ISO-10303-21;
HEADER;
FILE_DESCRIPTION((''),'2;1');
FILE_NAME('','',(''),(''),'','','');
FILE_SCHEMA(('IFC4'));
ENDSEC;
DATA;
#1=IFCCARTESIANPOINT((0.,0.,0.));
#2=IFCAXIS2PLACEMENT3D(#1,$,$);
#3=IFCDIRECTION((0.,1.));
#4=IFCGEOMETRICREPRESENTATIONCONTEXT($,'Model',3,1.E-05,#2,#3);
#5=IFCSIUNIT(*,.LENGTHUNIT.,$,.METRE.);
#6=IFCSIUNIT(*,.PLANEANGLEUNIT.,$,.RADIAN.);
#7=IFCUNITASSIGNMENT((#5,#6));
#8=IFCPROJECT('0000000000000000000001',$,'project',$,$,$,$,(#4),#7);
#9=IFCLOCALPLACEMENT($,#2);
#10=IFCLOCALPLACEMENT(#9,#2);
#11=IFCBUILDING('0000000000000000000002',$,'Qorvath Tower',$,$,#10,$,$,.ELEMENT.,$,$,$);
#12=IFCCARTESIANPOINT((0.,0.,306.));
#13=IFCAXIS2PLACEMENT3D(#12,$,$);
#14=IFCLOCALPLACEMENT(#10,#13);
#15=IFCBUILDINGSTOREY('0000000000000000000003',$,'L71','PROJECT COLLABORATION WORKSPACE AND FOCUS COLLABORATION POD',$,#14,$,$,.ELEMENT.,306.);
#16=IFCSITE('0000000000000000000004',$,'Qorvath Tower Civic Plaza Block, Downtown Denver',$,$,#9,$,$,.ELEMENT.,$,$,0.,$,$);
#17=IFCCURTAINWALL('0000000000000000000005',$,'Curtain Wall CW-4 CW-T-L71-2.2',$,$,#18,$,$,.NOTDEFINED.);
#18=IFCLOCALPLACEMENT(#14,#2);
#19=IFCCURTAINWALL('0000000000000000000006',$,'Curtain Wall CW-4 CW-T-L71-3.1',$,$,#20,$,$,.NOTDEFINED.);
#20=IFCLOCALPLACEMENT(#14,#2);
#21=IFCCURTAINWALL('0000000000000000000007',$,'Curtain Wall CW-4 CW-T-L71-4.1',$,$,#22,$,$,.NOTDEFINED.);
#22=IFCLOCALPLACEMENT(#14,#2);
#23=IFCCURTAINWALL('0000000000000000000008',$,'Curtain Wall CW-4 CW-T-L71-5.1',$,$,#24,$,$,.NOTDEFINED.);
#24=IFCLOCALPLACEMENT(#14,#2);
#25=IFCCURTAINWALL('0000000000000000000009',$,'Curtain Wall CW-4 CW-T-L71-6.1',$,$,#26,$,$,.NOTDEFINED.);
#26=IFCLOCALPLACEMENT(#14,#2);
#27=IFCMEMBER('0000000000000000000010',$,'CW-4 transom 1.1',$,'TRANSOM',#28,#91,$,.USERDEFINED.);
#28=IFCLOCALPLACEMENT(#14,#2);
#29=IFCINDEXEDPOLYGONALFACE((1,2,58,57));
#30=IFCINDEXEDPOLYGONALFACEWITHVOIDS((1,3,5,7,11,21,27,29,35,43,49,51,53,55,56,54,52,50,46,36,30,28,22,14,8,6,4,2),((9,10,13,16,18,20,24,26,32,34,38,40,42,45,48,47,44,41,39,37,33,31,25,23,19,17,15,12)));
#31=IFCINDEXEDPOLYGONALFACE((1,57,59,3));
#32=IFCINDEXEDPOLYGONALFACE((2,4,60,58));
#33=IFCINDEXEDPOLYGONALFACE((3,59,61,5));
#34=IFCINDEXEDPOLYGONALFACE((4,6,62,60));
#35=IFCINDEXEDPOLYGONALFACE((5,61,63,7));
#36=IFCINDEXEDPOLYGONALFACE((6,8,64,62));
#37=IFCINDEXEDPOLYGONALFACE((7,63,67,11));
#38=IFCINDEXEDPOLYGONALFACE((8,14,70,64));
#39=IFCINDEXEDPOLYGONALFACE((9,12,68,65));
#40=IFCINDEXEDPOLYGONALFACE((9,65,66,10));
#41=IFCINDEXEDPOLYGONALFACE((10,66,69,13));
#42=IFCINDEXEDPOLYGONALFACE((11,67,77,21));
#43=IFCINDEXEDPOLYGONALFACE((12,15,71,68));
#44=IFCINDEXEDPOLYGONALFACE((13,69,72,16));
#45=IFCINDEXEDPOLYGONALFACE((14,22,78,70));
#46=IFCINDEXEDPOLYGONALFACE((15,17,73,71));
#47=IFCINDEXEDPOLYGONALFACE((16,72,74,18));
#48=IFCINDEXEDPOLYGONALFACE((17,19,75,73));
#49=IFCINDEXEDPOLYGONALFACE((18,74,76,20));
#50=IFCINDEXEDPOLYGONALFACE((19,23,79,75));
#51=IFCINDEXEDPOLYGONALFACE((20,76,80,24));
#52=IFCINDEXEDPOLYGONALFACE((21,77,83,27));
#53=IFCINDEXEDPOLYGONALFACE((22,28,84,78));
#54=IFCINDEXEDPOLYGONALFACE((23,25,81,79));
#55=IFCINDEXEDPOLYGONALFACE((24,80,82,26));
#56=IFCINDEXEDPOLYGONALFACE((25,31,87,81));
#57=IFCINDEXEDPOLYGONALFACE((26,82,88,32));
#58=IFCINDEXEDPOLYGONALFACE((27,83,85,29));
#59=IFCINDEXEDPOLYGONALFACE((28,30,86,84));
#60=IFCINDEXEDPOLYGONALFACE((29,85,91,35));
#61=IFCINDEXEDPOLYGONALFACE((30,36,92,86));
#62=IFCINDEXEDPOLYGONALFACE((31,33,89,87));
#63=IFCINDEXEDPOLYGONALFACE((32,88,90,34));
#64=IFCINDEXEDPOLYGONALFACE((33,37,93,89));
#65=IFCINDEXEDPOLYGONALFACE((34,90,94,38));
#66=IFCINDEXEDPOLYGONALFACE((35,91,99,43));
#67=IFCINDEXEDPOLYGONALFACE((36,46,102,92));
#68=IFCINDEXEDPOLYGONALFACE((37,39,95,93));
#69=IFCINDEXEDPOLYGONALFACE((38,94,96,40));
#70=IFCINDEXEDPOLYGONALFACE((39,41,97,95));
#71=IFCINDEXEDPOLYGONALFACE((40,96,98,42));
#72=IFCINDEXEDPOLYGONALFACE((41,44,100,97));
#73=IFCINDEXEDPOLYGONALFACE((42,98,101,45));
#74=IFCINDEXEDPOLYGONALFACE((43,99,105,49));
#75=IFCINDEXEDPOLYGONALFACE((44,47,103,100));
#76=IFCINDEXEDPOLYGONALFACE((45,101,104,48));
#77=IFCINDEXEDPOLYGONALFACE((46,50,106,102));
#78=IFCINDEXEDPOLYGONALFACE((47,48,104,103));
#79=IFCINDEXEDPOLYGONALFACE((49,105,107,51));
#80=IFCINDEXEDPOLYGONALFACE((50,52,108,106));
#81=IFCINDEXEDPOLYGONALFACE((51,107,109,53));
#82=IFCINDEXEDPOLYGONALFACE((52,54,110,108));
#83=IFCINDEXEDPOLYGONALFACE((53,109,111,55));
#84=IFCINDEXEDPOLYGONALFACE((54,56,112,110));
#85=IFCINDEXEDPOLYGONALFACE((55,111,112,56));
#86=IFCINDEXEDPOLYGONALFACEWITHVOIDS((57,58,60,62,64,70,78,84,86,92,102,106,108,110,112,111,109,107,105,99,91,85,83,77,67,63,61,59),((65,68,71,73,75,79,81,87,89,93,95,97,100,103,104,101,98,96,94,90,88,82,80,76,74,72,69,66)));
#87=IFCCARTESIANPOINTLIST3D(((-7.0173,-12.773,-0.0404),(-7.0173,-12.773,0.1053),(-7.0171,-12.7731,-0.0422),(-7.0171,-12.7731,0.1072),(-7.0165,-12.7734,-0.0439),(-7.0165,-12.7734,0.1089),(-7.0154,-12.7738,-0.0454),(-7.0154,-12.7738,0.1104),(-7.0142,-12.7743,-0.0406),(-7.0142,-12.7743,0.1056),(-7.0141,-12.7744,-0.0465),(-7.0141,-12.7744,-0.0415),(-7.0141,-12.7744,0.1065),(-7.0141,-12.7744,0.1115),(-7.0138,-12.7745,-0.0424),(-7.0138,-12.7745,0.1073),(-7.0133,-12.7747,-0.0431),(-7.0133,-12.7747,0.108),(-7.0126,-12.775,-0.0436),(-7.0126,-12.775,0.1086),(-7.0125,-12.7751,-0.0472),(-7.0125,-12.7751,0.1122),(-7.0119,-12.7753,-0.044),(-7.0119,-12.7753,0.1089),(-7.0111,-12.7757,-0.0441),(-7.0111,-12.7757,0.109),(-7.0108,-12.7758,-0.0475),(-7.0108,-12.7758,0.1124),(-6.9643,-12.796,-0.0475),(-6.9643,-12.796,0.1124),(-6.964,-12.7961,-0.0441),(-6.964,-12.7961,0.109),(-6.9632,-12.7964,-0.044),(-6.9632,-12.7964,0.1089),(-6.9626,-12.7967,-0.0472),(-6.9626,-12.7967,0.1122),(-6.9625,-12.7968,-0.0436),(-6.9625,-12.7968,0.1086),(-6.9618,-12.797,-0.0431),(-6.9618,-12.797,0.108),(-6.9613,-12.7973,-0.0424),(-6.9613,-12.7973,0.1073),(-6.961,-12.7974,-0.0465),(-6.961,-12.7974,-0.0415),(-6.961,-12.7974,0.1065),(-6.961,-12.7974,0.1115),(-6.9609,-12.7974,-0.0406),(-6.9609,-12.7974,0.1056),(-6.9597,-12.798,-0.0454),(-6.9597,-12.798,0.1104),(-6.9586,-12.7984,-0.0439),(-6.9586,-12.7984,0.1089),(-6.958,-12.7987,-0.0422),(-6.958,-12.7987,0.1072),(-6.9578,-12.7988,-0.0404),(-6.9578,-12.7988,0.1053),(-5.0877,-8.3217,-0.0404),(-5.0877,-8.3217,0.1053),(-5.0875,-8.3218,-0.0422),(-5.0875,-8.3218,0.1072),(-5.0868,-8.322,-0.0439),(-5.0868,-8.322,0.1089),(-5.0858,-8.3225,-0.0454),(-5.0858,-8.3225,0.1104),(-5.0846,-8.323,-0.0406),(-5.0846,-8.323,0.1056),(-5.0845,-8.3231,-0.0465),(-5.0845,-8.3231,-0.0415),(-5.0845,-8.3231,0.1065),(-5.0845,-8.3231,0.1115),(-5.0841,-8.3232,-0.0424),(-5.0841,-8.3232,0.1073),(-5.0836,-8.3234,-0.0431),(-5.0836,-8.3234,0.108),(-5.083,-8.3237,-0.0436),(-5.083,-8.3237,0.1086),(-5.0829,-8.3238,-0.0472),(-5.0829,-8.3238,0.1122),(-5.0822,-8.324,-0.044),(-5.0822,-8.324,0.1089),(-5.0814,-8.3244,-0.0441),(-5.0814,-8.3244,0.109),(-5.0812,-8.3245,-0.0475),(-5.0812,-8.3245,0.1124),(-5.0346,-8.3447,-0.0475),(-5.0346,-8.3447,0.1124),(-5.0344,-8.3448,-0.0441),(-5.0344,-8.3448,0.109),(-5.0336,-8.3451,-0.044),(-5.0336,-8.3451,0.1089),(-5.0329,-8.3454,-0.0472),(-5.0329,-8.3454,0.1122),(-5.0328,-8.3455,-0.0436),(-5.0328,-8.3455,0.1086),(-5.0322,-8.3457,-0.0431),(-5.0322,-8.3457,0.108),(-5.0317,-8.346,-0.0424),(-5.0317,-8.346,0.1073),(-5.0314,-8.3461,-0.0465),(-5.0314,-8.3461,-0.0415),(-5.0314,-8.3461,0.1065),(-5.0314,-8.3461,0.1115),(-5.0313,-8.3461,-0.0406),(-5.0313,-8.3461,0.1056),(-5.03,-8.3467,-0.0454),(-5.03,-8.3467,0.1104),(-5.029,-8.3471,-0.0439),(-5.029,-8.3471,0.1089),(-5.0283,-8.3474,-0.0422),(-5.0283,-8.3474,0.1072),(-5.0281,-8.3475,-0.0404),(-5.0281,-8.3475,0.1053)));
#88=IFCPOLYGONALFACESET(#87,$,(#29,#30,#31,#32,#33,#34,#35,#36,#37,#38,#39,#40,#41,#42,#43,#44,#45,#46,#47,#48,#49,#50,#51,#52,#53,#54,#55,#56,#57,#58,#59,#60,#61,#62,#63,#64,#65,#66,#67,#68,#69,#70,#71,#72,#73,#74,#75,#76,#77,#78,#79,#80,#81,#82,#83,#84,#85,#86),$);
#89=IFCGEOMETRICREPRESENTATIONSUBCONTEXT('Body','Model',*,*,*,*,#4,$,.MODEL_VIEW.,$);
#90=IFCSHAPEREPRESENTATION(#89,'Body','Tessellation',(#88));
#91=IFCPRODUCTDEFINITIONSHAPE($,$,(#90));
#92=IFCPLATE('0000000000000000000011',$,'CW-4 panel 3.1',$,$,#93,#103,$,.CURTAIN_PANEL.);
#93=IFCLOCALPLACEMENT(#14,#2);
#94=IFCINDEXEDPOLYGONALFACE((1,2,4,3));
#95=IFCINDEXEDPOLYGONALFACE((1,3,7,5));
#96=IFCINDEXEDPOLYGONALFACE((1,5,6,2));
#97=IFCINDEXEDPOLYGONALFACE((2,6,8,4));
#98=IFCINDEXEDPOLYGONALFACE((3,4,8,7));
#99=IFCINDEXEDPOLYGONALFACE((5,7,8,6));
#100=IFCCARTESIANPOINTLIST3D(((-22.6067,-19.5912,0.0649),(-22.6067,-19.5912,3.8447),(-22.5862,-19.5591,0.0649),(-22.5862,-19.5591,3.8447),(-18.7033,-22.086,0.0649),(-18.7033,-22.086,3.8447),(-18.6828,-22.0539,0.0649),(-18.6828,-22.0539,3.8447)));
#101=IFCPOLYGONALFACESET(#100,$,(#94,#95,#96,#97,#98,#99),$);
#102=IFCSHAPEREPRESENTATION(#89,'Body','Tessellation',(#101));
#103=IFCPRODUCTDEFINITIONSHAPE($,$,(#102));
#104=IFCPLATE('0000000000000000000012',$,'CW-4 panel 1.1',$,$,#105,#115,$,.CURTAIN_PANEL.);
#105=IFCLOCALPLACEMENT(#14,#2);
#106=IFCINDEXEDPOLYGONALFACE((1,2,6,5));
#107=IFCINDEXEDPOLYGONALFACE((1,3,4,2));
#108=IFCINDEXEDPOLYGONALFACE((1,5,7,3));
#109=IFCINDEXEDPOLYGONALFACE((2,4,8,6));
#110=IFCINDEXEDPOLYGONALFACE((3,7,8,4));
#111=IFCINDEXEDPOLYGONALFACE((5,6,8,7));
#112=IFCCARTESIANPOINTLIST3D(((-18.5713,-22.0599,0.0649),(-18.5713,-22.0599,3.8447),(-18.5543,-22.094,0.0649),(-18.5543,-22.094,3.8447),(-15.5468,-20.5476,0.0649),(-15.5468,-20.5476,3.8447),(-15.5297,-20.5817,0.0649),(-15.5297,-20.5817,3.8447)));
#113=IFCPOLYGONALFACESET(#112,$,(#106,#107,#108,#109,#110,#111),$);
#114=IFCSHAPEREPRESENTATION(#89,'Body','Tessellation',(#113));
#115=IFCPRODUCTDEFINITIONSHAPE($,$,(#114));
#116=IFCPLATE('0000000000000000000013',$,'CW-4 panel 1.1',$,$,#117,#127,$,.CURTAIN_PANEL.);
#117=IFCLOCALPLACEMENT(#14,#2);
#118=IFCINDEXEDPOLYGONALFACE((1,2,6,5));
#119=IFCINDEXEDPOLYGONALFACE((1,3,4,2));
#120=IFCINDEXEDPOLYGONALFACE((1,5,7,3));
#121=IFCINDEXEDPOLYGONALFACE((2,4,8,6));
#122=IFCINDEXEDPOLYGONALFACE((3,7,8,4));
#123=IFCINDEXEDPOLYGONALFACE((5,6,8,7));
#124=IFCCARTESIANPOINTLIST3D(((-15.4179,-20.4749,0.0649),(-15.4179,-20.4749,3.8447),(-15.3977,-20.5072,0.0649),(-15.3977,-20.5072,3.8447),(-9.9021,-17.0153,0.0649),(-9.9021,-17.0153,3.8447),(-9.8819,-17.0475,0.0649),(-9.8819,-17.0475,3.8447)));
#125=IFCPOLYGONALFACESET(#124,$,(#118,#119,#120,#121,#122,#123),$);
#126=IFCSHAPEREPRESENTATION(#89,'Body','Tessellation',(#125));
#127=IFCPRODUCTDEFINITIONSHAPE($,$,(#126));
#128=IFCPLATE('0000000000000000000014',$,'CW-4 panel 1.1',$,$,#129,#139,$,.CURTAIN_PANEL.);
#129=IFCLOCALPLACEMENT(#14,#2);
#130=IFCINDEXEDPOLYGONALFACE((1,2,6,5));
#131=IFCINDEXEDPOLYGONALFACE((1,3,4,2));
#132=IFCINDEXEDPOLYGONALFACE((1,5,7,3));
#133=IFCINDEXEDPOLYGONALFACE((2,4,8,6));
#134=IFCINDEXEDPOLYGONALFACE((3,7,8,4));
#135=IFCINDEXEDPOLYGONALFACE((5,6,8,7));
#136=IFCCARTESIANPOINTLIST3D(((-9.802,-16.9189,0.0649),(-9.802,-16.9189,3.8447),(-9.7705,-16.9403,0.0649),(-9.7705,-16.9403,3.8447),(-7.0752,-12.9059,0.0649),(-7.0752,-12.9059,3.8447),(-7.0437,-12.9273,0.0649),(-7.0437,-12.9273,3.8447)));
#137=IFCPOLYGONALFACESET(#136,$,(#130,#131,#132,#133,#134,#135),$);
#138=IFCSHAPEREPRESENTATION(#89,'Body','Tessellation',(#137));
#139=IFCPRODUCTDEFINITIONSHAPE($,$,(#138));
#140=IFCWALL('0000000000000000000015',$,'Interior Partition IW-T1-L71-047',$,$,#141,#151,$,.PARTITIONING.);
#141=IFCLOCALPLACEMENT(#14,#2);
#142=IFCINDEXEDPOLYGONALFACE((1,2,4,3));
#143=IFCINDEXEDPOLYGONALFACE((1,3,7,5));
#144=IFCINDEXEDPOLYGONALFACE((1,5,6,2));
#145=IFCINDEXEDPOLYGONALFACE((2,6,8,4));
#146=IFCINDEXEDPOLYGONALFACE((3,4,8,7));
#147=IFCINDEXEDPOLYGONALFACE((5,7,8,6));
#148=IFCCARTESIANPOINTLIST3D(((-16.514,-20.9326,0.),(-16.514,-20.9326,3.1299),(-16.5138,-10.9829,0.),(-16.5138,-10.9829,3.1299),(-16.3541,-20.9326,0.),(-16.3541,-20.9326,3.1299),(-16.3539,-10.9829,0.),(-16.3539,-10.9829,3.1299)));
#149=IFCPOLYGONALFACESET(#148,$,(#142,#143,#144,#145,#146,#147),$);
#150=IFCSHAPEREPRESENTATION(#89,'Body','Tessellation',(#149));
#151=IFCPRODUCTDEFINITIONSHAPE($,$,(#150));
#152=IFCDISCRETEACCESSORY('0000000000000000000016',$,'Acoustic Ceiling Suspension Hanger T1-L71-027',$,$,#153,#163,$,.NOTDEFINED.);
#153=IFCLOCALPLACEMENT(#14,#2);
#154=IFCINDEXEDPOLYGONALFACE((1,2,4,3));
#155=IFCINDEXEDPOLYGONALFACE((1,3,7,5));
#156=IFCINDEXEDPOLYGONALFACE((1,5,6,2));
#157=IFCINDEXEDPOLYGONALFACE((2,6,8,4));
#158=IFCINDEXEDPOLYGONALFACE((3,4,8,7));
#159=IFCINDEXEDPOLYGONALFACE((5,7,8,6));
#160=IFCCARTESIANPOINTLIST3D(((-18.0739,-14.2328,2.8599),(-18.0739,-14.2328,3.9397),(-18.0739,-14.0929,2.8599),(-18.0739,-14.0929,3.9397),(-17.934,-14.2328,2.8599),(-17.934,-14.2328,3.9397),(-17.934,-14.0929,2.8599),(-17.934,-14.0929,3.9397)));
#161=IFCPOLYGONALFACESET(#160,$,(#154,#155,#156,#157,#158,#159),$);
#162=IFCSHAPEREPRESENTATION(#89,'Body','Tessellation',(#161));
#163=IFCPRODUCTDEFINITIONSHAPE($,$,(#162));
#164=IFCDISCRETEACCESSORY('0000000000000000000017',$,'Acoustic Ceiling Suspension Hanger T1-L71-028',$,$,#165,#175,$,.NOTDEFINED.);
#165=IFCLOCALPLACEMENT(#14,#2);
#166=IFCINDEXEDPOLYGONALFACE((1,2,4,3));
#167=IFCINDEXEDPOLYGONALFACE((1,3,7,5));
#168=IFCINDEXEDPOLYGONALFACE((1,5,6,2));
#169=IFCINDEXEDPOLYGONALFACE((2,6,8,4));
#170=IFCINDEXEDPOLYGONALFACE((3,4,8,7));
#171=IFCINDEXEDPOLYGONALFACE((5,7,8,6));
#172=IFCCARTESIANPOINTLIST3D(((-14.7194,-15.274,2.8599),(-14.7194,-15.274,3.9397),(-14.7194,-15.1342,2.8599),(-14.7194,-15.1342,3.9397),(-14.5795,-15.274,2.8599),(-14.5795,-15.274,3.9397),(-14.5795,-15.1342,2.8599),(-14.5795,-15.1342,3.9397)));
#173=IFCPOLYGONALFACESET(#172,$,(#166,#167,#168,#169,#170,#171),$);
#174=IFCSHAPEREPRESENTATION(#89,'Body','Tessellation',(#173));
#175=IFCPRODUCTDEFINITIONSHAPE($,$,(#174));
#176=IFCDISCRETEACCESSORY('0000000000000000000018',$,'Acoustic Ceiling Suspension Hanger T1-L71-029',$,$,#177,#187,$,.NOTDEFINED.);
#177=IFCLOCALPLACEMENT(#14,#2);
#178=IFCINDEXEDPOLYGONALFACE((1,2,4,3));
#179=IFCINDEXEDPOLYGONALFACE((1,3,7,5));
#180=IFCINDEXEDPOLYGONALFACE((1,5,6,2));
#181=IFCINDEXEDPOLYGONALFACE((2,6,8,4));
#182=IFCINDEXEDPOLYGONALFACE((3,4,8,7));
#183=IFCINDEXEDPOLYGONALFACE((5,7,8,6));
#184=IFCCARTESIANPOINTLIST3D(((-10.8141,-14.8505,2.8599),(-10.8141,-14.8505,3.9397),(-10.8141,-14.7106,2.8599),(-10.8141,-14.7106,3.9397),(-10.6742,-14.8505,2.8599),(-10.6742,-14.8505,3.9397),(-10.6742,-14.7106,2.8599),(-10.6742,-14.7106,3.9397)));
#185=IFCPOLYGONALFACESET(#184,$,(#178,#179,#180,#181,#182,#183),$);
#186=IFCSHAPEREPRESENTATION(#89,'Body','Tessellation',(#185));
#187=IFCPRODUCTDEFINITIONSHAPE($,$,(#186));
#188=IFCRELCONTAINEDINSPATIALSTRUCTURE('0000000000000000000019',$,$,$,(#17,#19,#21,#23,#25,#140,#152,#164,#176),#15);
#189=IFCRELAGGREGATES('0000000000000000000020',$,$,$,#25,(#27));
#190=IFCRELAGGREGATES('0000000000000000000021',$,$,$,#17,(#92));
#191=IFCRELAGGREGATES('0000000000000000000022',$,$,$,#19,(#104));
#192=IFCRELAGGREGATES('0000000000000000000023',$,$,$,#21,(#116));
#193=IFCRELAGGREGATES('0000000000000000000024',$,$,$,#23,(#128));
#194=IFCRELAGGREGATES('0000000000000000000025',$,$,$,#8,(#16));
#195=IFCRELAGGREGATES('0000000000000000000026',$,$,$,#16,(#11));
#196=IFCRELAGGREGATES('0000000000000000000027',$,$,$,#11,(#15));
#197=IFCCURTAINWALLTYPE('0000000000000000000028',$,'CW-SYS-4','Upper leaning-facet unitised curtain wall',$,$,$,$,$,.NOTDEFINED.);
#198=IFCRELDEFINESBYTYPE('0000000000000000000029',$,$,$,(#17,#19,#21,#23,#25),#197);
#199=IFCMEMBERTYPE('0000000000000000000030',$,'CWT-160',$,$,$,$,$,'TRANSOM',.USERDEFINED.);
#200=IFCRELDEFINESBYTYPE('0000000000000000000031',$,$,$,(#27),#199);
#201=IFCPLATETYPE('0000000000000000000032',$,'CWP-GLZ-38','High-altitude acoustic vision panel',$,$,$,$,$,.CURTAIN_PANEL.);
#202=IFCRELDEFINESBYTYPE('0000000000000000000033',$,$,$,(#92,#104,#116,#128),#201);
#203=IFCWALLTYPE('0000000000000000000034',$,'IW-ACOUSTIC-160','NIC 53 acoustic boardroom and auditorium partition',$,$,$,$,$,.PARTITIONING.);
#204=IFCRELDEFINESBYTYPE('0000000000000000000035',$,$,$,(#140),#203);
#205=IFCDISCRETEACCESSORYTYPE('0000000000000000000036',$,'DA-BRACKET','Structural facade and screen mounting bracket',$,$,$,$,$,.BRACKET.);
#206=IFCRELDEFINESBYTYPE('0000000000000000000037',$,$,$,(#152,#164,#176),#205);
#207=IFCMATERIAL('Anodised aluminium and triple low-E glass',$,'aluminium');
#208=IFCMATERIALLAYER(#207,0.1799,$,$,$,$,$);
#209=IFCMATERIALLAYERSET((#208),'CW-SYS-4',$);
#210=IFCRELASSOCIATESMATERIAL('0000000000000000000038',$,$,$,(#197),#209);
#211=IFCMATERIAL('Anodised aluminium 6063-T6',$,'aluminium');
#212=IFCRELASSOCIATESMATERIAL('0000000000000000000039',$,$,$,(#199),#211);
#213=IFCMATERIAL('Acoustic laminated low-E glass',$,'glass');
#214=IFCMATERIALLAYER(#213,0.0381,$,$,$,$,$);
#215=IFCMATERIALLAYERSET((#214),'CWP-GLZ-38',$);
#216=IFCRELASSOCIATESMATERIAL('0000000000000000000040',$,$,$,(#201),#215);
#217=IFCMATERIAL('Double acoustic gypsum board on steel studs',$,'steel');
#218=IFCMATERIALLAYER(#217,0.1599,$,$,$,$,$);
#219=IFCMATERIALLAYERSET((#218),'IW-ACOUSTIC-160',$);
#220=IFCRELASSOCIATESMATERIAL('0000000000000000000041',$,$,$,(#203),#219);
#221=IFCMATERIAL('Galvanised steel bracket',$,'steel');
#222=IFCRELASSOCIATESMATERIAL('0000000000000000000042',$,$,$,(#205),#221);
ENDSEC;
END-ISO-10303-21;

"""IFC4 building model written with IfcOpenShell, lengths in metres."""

from ifc_helpers import new_model, si_unit, direction, frame, frame_2d, origin, origin_2d, place, context, subcontext, project, spatial, rectangle, hollow_rectangle, extrude, material, layer, layer_set, material_profile, profile_set, type_object, element, aggregate, save


model = new_model("IFC4")

# Units and contexts
model_context = context("Model", 3, precision=1e-05, world=origin(), true_north=direction((0.0, 1.0)))
body_context = subcontext(model_context, "Body", "Model", "MODEL_VIEW")
ifc_project = project(units=[si_unit("LENGTHUNIT", "METRE"), si_unit("PLANEANGLEUNIT", "RADIAN")], contexts=[model_context])

# Site, building, storey
site_placement = place(None, origin())
site = spatial("IfcSite", under=ifc_project, at=site_placement, Name="Qorvath Tower Civic Plaza Block, Downtown Denver", CompositionType="ELEMENT", RefElevation=0.0)
building_placement = place(site_placement, origin())
building = spatial("IfcBuilding", under=site, at=building_placement, Name="Qorvath Tower", CompositionType="ELEMENT")
storey_placement = place(building_placement, frame((0.0, 0.0, 306.0)))
storey = spatial("IfcBuildingStorey", under=building, at=storey_placement, Name="L71", Description="PROJECT COLLABORATION WORKSPACE AND FOCUS COLLABORATION POD", CompositionType="ELEMENT", Elevation=306.0)

# Curtain wall
ifc_material_1 = material(Name="Anodised aluminium and triple low-E glass", Category="aluminium")
ifc_layer_1 = layer(ifc_material_1, 0.1799)
ifc_layer_set_1 = layer_set([ifc_layer_1], Name="CW-SYS-4")
curtain_wall_type = type_object("IfcCurtainWallType", Name="CW-SYS-4", Description="Upper leaning-facet unitised curtain wall", PredefinedType="NOTDEFINED", material=ifc_layer_set_1)
curtain_wall_1_placement = place(storey_placement, origin())
curtain_wall_1 = element("IfcCurtainWall", 1, at=curtain_wall_1_placement, inside=storey, type_object=curtain_wall_type, Name="Curtain Wall CW-4 CW-T-L71-2.2", PredefinedType="NOTDEFINED")

# Curtain walls
curtain_wall_2_placement = place(storey_placement, origin())
curtain_wall_2 = element("IfcCurtainWall", 2, at=curtain_wall_2_placement, inside=storey, type_object=curtain_wall_type, Name="Curtain Wall CW-4 CW-T-L71-3.1", PredefinedType="NOTDEFINED")
curtain_wall_3_placement = place(storey_placement, origin())
curtain_wall_3 = element("IfcCurtainWall", 3, at=curtain_wall_3_placement, inside=storey, type_object=curtain_wall_type, Name="Curtain Wall CW-4 CW-T-L71-4.1", PredefinedType="NOTDEFINED")
curtain_wall_4_placement = place(storey_placement, origin())
curtain_wall_4 = element("IfcCurtainWall", 4, at=curtain_wall_4_placement, inside=storey, type_object=curtain_wall_type, Name="Curtain Wall CW-4 CW-T-L71-5.1", PredefinedType="NOTDEFINED")

# Curtain wall
curtain_wall_5_placement = place(storey_placement, origin())
curtain_wall_5 = element("IfcCurtainWall", 5, at=curtain_wall_5_placement, inside=storey, type_object=curtain_wall_type, Name="Curtain Wall CW-4 CW-T-L71-6.1", PredefinedType="NOTDEFINED")

# Member
ifc_material_2 = material(Name="Anodised aluminium 6063-T6", Category="aluminium")
ifc_material_profile_1 = material_profile(ifc_material_2, hollow_rectangle(XDim=0.0649, YDim=0.1599, WallThickness=0.0034, InnerFilletRadius=0.0034, OuterFilletRadius=0.0071, at=origin_2d()), Name="CWT 160x65")
ifc_profile_set_1 = profile_set([ifc_material_profile_1], Name="Anodised aluminium 6063-T6")
member_type_1 = type_object("IfcMemberType", Name="CWT-160", ElementType="TRANSOM", PredefinedType="USERDEFINED", material=ifc_profile_set_1)
member_1_placement = place(storey_placement, frame((-6.9875, -12.7859, 0.0325), z_axis=(0.397736, 0.9175, 0.0), x_axis=(-0.9175, 0.397736, 0.0)))
member_1 = element("IfcMember", 6, at=member_1_placement, type_object=member_type_1, Name="CW-4 transom 1.1", ObjectType="TRANSOM", PredefinedType="USERDEFINED", context=body_context, shape_type="SweptSolid", body=[
    extrude(hollow_rectangle(XDim=0.0649, YDim=0.1599, WallThickness=0.0034, InnerFilletRadius=0.0034, OuterFilletRadius=0.0071, at=origin_2d()), origin(), (0.0, 0.0, 1.0), 4.8516),
])
aggregate(curtain_wall_5, [member_1])

# Plates
ifc_material_3 = material(Name="Acoustic laminated low-E glass", Category="glass")
ifc_layer_2 = layer(ifc_material_3, 0.0381)
ifc_layer_set_2 = layer_set([ifc_layer_2], Name="CWP-GLZ-38")
plate_type = type_object("IfcPlateType", Name="CWP-GLZ-38", Description="High-altitude acoustic vision panel", PredefinedType="CURTAIN_PANEL", material=ifc_layer_set_2)
plate_1_placement = place(storey_placement, frame((-20.6448, -20.8225, 0.0649), z_axis=(0.0, 0.0, 1.0), x_axis=(0.842604, -0.538533, 0.0)))
plate_1 = element("IfcPlate", 7, at=plate_1_placement, type_object=plate_type, Name="CW-4 panel 3.1", PredefinedType="CURTAIN_PANEL", context=body_context, shape_type="SweptSolid", body=[
    extrude(rectangle(XDim=4.6326, YDim=0.0381, at=origin_2d()), origin(), (0.0, 0.0, 1.0), 3.7798),
])
aggregate(curtain_wall_1, [plate_1])
plate_2_placement = place(storey_placement, frame((-17.0505, -21.3208, 0.0649), z_axis=(0.0, 0.0, 1.0), x_axis=(0.894422, 0.447225, 0.0)))
plate_2 = element("IfcPlate", 8, at=plate_2_placement, type_object=plate_type, Name="CW-4 panel 1.1", PredefinedType="CURTAIN_PANEL", context=body_context, shape_type="SweptSolid", body=[
    extrude(rectangle(XDim=3.3816, YDim=0.0381, at=origin_2d()), origin(), (0.0, 0.0, 1.0), 3.7798),
])
aggregate(curtain_wall_2, [plate_2])
plate_3_placement = place(storey_placement, frame((-12.6499, -18.7612, 0.0649), z_axis=(0.0, 0.0, 1.0), x_axis=(0.84715, 0.531353, 0.0)))
plate_3 = element("IfcPlate", 9, at=plate_3_placement, type_object=plate_type, Name="CW-4 panel 1.1", PredefinedType="CURTAIN_PANEL", context=body_context, shape_type="SweptSolid", body=[
    extrude(rectangle(XDim=6.511, YDim=0.0381, at=origin_2d()), origin(), (0.0, 0.0, 1.0), 3.7798),
])
aggregate(curtain_wall_3, [plate_3])
plate_4_placement = place(storey_placement, frame((-8.4229, -14.9231, 0.0649), z_axis=(0.0, 0.0, 1.0), x_axis=(0.562028, 0.827118, 0.0)))
plate_4 = element("IfcPlate", 10, at=plate_4_placement, type_object=plate_type, Name="CW-4 panel 1.1", PredefinedType="CURTAIN_PANEL", context=body_context, shape_type="SweptSolid", body=[
    extrude(rectangle(XDim=4.8518, YDim=0.0381, at=origin_2d()), origin(), (0.0, 0.0, 1.0), 3.7798),
])
aggregate(curtain_wall_4, [plate_4])

# Wall
ifc_material_4 = material(Name="Double acoustic gypsum board on steel studs", Category="steel")
ifc_layer_3 = layer(ifc_material_4, 0.1599)
ifc_layer_set_3 = layer_set([ifc_layer_3], Name="IW-ACOUSTIC-160")
wall_type = type_object("IfcWallType", Name="IW-ACOUSTIC-160", Description="NIC 53 acoustic boardroom and auditorium partition", PredefinedType="PARTITIONING", material=ifc_layer_set_3)
wall_placement = place(storey_placement, frame((-16.4341, -20.9326, 0.0), z_axis=(0.0, 0.0, 1.0), x_axis=(0.000025, 1.0, 0.0)))
element("IfcWall", 11, at=wall_placement, inside=storey, type_object=wall_type, Name="Interior Partition IW-T1-L71-047", PredefinedType="PARTITIONING", context=body_context, shape_type="SweptSolid", body=[
    extrude(rectangle(XDim=9.9497, YDim=0.1599, at=frame_2d((4.9749, 0.0))), origin(), (0.0, 0.0, 1.0), 3.1299),
])

# Discrete accessories
ifc_material_5 = material(Name="Galvanised steel bracket", Category="steel")
discrete_accessory_type = type_object("IfcDiscreteAccessoryType", Name="DA-BRACKET", Description="Structural facade and screen mounting bracket", PredefinedType="BRACKET", material=ifc_material_5)
for number, where, z_axis, x_axis, name in (
    (12, (-18.0039, -14.1628, 2.8599), (0.0, 0.0, 1.0), (1.0, 0.0, 0.0), "Acoustic Ceiling Suspension Hanger T1-L71-027"),
    (13, (-14.6494, -15.2041, 2.8599), (0.0, 0.0, 1.0), (1.0, 0.0, 0.0), "Acoustic Ceiling Suspension Hanger T1-L71-028"),
    (14, (-10.7441, -14.7805, 2.8599), (0.0, 0.0, 1.0), (1.0, 0.0, 0.0), "Acoustic Ceiling Suspension Hanger T1-L71-029"),
):
    element("IfcDiscreteAccessory", number, at=place(storey_placement, frame(where, z_axis=z_axis, x_axis=x_axis)), inside=storey, type_object=discrete_accessory_type, Name=name, PredefinedType="NOTDEFINED", context=body_context, shape_type="SweptSolid", body=[
        extrude(rectangle(XDim=0.1399, YDim=0.1399, at=origin_2d()), origin(), (0.0, 0.0, 1.0), 1.0798),
    ])

save(model, "model.ifc")
